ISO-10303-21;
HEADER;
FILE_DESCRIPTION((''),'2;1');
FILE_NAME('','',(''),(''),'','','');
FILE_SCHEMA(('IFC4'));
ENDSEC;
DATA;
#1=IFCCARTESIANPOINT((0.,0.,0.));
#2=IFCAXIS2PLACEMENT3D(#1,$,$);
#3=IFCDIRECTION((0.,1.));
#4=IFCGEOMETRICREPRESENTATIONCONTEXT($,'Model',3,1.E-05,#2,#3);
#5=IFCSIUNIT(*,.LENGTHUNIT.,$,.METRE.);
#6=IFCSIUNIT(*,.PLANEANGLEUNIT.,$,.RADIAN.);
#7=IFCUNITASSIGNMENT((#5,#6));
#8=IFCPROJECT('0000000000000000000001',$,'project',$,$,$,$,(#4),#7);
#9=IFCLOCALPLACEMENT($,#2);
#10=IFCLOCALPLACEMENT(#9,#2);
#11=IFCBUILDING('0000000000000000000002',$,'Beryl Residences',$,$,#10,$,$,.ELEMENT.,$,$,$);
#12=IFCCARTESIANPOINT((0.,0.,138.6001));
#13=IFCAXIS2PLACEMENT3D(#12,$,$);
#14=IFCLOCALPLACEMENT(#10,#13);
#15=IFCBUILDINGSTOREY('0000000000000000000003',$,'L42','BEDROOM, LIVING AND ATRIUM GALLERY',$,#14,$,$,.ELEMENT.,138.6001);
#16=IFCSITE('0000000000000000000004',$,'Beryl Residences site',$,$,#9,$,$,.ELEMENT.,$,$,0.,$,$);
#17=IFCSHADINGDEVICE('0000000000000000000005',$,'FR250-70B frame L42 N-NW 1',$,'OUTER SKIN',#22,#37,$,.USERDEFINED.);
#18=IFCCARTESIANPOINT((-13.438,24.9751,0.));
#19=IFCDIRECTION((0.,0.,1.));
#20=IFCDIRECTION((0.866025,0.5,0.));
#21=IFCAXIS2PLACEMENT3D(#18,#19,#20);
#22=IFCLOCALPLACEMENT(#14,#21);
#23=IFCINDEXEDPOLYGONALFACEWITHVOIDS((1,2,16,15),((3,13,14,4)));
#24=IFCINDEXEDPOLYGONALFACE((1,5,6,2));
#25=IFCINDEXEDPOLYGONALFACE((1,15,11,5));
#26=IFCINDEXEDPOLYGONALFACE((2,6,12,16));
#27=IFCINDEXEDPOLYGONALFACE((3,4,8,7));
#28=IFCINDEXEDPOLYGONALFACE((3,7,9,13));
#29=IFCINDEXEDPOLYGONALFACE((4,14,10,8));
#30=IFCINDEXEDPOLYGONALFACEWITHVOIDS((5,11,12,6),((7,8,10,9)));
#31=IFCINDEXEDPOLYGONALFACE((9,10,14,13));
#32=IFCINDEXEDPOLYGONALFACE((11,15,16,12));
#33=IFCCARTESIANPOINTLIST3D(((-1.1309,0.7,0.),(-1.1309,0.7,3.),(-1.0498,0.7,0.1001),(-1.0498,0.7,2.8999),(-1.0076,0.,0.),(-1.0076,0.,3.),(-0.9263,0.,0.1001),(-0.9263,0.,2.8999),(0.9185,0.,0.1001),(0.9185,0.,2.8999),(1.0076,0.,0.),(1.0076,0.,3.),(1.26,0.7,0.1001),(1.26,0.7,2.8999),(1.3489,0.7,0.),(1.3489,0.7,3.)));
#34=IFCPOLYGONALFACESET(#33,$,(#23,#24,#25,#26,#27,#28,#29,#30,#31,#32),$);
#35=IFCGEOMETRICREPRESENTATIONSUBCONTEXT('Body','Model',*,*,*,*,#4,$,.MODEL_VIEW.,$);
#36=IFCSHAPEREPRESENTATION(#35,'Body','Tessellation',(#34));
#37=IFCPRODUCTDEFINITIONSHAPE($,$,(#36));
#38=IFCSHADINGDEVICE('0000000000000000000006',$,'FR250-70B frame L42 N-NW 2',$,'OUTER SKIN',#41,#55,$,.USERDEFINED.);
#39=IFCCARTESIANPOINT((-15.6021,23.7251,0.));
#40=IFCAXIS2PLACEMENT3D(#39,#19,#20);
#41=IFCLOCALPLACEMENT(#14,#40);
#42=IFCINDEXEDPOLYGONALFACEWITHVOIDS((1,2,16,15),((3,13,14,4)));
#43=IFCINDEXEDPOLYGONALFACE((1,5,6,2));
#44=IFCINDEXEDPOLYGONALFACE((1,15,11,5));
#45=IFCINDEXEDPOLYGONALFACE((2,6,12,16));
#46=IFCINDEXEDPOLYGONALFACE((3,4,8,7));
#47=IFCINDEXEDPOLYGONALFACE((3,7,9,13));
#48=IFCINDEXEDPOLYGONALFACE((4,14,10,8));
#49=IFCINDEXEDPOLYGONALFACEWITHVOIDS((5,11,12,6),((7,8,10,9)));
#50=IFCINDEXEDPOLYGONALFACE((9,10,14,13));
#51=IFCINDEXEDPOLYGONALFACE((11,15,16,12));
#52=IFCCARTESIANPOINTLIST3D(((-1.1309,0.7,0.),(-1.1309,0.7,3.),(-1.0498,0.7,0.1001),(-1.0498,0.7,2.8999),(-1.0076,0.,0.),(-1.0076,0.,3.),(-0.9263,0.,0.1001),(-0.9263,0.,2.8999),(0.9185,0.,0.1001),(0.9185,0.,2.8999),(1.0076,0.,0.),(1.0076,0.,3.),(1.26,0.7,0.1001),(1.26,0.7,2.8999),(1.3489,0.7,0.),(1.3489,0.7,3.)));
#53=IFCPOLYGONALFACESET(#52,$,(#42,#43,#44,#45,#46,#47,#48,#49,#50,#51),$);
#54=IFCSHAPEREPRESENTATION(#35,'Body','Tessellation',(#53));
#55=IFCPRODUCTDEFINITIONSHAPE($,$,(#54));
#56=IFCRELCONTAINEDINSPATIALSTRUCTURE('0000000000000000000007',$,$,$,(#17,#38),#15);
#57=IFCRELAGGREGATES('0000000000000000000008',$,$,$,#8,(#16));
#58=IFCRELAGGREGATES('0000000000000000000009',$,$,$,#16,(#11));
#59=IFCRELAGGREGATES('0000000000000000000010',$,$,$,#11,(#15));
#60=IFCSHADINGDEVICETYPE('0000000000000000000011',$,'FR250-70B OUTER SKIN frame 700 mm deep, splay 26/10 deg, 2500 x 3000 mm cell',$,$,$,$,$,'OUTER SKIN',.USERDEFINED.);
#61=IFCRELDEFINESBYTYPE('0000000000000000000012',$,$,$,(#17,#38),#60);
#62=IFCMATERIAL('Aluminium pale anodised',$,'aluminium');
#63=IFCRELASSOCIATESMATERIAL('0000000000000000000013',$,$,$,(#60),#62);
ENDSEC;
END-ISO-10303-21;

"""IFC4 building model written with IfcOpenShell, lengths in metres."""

from ifc_helpers import new_model, entity, si_unit, direction, frame, origin, place, context, subcontext, project, spatial, source, transform, mapped, material, type_object, type_shapes, element, save


model = new_model("IFC4")

# Units and contexts
model_context = context("Model", 3, precision=1e-05, world=origin(), true_north=direction((0.0, 1.0)))
body_context = subcontext(model_context, "Body", "Model", "MODEL_VIEW")
ifc_project = project(units=[si_unit("LENGTHUNIT", "METRE"), si_unit("PLANEANGLEUNIT", "RADIAN")], contexts=[model_context])

# Site, building, storey
site_placement = place(None, origin())
site = spatial("IfcSite", under=ifc_project, at=site_placement, Name="Beryl Residences site", CompositionType="ELEMENT", RefElevation=0.0)
building_placement = place(site_placement, origin())
building = spatial("IfcBuilding", under=site, at=building_placement, Name="Beryl Residences", CompositionType="ELEMENT")
storey_placement = place(building_placement, frame((0.0, 0.0, 138.6001)))
storey = spatial("IfcBuildingStorey", under=building, at=storey_placement, Name="L42", Description="BEDROOM, LIVING AND ATRIUM GALLERY", CompositionType="ELEMENT", Elevation=138.6001)

# Shading devices
ifc_material_1 = material(Name="Aluminium pale anodised", Category="aluminium")
shading_device_type = type_object("IfcShadingDeviceType", Name="FR250-70B OUTER SKIN frame 700 mm deep, splay 26/10 deg, 2500 x 3000 mm cell", ElementType="OUTER SKIN", PredefinedType="USERDEFINED", material=ifc_material_1)
cartesian_point_1 = entity("IfcCartesianPoint", [-1.0076, 0.0])
cartesian_point_2 = entity("IfcCartesianPoint", [-0.9185, 0.1001])
cartesian_point_3 = entity("IfcCartesianPoint", [-1.3489, 0.0])
cartesian_point_4 = entity("IfcCartesianPoint", [-1.26, 0.1001])
shared_shape_1 = source(origin(), body_context, "Body", "SweptSolid", [
    entity("IfcExtrudedAreaSolidTapered", entity("IfcArbitraryProfileDefWithVoids", "AREA", None, entity("IfcPolyline", [cartesian_point_1, entity("IfcCartesianPoint", [1.0076, 0.0]), entity("IfcCartesianPoint", [1.0076, 3.0]), entity("IfcCartesianPoint", [-1.0076, 3.0]), cartesian_point_1]), [entity("IfcPolyline", [cartesian_point_2, entity("IfcCartesianPoint", [0.9263, 0.1001]), entity("IfcCartesianPoint", [0.9263, 2.8999]), entity("IfcCartesianPoint", [-0.9185, 2.8999]), cartesian_point_2])]), entity("IfcAxis2Placement3D", entity("IfcCartesianPoint", [0.0, 0.0, 0.0]), entity("IfcDirection", [0.0, 1.0, 0.0]), entity("IfcDirection", [-1.0, 0.0, 0.0])), entity("IfcDirection", [0.0, 0.0, 1.0]), 0.7, entity("IfcArbitraryProfileDefWithVoids", "AREA", None, entity("IfcPolyline", [cartesian_point_3, entity("IfcCartesianPoint", [1.1309, 0.0]), entity("IfcCartesianPoint", [1.1309, 3.0]), entity("IfcCartesianPoint", [-1.3489, 3.0]), cartesian_point_3]), [entity("IfcPolyline", [cartesian_point_4, entity("IfcCartesianPoint", [1.0498, 0.1001]), entity("IfcCartesianPoint", [1.0498, 2.8999]), entity("IfcCartesianPoint", [-1.26, 2.8999]), cartesian_point_4])])),
])
type_shapes(shading_device_type, [shared_shape_1])
for number, where, z_axis, x_axis, name in (
    (1, (-13.438, 24.9751, 0.0), (0.0, 0.0, 1.0), (0.866025, 0.5, 0.0), "FR250-70B frame L42 N-NW 1"),
    (2, (-15.6021, 23.7251, 0.0), (0.0, 0.0, 1.0), (0.866025, 0.5, 0.0), "FR250-70B frame L42 N-NW 2"),
):
    element("IfcShadingDevice", number, at=place(storey_placement, frame(where, z_axis=z_axis, x_axis=x_axis)), inside=storey, type_object=shading_device_type, Name=name, ObjectType="OUTER SKIN", PredefinedType="USERDEFINED", context=body_context, shape_type="MappedRepresentation", body=[
        mapped(shared_shape_1, transform((0.0, 0.0, 0.0))),
    ])

save(model, "model.ifc")
